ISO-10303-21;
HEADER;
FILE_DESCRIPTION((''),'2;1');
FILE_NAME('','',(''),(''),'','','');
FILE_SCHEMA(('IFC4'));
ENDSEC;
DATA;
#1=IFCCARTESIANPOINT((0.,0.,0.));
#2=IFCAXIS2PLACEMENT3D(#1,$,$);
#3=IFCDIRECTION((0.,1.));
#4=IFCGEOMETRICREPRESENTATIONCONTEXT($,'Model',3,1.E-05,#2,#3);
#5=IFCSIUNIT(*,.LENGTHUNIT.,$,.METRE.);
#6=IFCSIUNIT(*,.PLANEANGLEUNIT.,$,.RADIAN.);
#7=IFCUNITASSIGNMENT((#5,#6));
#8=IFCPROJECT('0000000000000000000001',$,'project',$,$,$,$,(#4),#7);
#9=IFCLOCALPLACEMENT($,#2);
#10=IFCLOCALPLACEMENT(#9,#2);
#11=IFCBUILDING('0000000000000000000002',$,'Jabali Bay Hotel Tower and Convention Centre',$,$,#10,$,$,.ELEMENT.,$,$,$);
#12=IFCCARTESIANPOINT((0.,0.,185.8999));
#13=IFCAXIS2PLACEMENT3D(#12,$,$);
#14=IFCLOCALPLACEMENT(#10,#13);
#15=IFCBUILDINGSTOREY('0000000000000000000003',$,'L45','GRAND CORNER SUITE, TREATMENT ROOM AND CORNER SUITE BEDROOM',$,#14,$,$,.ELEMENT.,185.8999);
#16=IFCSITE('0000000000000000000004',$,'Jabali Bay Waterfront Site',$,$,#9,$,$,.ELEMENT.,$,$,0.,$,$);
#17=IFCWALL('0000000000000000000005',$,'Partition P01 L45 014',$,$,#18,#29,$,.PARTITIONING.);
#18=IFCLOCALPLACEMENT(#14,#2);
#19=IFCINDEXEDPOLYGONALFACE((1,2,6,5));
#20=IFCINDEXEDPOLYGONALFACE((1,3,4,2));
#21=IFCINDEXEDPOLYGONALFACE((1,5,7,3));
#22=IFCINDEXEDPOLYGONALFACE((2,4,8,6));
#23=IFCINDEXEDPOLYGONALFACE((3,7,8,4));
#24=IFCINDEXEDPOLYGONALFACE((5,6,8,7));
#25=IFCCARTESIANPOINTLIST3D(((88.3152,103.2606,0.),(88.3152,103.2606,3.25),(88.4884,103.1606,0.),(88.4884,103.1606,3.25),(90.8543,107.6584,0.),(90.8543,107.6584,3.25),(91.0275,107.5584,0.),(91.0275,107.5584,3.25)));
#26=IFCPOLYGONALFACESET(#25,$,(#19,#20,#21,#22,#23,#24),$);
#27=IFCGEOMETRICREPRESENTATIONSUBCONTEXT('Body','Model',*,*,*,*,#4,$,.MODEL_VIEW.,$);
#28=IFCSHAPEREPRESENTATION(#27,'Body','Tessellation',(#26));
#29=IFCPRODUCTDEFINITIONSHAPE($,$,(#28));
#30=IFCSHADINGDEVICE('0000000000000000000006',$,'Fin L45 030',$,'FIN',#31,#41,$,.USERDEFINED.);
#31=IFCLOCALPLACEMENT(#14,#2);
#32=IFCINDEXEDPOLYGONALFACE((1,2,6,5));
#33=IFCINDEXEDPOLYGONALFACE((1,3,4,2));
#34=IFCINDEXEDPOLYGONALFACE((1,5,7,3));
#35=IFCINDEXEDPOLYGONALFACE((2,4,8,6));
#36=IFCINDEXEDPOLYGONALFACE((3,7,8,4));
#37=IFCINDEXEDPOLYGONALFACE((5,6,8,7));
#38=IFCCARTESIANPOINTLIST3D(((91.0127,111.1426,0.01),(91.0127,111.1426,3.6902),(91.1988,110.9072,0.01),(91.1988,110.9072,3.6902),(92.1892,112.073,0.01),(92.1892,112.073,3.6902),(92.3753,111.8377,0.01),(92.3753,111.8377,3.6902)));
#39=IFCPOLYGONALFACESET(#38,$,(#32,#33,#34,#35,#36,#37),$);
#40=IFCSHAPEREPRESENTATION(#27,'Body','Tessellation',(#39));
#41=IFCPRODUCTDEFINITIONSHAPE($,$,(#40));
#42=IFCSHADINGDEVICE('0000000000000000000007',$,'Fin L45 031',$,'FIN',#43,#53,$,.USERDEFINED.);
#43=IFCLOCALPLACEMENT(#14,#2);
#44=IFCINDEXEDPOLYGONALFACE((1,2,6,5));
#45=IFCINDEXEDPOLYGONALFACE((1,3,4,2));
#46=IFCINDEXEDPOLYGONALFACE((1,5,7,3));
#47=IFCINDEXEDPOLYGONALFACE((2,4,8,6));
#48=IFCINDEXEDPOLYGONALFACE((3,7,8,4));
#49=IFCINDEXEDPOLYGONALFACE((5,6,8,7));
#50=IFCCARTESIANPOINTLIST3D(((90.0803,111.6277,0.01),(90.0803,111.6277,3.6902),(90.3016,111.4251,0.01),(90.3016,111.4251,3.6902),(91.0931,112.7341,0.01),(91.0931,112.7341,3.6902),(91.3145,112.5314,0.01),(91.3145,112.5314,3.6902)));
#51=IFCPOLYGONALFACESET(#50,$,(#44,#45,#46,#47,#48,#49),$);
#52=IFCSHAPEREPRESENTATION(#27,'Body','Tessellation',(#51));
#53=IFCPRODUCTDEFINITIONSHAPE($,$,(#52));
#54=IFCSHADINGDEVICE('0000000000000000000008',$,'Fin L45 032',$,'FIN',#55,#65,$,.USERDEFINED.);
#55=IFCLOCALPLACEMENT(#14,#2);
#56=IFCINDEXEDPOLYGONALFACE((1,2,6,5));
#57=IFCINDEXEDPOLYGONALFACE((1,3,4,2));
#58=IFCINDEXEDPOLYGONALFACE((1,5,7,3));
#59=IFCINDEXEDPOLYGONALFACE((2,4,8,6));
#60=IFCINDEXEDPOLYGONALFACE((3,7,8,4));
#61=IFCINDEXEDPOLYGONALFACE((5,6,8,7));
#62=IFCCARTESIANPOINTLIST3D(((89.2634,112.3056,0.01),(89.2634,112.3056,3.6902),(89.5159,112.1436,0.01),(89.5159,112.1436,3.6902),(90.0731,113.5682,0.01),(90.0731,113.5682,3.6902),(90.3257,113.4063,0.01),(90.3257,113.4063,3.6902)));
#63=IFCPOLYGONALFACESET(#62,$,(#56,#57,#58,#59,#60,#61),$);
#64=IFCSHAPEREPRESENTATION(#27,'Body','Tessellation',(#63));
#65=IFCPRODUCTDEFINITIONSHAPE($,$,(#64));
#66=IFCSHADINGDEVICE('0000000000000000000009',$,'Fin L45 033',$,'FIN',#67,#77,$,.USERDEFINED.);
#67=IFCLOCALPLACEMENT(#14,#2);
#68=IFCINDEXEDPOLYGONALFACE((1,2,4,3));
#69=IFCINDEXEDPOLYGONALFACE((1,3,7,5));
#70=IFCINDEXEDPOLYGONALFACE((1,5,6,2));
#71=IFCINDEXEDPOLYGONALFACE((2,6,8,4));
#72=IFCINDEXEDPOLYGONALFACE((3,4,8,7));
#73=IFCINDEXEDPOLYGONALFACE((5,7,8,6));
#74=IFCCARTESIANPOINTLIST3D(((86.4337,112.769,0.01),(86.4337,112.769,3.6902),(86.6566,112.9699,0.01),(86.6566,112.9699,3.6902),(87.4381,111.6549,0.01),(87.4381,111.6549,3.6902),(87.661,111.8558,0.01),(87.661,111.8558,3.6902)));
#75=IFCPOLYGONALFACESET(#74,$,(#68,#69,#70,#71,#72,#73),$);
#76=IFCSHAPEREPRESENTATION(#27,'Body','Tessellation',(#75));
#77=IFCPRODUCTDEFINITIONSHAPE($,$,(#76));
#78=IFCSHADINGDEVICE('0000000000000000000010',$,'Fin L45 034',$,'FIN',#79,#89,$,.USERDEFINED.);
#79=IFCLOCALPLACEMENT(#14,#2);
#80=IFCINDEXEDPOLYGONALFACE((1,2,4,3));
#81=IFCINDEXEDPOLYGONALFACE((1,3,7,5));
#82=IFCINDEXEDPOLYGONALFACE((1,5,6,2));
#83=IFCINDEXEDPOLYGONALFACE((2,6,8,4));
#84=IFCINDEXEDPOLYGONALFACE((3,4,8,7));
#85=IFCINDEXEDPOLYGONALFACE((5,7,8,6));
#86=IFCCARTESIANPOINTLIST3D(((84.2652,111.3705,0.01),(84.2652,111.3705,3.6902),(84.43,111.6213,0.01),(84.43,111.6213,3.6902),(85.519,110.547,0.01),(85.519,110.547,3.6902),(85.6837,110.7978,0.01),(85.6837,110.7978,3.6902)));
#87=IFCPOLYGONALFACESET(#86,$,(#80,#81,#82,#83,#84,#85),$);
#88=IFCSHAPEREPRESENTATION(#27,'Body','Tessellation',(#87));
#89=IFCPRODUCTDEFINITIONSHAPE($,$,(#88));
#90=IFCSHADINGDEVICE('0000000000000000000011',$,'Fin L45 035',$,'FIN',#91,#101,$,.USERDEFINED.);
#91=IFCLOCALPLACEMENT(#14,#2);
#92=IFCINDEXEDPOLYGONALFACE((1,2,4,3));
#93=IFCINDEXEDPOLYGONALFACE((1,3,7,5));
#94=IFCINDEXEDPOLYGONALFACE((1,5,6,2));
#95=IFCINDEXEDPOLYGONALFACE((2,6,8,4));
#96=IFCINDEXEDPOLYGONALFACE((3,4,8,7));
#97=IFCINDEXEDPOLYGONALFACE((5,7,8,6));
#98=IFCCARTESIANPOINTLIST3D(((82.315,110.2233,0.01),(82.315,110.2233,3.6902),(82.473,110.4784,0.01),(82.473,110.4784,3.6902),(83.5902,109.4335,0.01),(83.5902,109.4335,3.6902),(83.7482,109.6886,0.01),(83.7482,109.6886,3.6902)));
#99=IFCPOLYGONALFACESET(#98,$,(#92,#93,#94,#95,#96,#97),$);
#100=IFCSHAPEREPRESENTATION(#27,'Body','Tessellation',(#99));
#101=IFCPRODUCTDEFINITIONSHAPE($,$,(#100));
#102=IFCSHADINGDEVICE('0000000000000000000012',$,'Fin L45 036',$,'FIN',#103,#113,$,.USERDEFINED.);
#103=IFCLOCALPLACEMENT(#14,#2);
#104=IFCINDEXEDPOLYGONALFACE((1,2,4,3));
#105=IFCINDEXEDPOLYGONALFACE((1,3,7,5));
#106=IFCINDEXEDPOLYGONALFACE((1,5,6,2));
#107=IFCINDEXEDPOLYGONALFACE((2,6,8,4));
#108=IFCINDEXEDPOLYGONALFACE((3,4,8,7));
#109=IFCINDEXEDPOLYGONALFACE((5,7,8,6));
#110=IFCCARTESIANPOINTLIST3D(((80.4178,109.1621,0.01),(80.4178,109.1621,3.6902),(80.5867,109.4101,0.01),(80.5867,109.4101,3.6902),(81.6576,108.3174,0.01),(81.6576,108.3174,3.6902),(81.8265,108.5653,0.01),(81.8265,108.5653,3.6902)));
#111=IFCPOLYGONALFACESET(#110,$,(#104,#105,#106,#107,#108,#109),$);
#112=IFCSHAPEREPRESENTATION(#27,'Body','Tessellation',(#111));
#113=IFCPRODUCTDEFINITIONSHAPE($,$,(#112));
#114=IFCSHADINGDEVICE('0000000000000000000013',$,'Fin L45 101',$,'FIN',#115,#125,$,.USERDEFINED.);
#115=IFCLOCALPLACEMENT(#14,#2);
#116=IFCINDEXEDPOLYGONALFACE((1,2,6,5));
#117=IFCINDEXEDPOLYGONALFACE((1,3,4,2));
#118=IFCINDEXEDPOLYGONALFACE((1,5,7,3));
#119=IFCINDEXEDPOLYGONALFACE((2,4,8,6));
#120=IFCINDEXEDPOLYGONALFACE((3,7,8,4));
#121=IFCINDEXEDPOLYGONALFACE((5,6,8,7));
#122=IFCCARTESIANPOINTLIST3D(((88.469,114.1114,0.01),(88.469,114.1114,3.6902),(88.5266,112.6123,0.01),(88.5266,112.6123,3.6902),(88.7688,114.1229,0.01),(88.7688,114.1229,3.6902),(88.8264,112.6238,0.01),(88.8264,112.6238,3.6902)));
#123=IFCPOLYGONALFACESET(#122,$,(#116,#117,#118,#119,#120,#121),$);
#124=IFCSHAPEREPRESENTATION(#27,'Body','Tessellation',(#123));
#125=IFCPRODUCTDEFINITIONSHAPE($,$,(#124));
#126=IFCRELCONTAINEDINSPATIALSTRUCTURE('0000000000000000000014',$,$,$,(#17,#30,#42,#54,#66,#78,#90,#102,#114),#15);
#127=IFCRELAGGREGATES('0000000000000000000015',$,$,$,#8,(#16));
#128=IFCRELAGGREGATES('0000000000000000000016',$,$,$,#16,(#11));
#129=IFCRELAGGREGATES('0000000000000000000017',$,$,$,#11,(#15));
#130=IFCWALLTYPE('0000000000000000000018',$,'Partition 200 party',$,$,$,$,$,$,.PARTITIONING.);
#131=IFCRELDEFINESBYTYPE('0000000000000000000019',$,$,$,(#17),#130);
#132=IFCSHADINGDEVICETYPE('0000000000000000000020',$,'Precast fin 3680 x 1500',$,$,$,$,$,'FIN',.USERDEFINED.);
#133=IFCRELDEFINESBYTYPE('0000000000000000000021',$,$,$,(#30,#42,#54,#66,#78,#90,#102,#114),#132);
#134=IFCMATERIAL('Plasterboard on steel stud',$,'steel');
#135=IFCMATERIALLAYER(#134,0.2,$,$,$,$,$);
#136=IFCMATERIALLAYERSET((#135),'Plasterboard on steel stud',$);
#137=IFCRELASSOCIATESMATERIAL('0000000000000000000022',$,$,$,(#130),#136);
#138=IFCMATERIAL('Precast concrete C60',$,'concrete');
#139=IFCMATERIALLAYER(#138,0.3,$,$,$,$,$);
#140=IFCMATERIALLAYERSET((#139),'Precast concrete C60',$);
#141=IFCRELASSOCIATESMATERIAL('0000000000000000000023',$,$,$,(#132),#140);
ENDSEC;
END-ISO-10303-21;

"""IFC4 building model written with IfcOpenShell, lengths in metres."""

from ifc_helpers import new_model, si_unit, direction, frame, frame_2d, origin, place, context, subcontext, project, spatial, rectangle, extrude, material, layer, layer_set, type_object, element, save


model = new_model("IFC4")

# Units and contexts
model_context = context("Model", 3, precision=1e-05, world=origin(), true_north=direction((0.0, 1.0)))
body_context = subcontext(model_context, "Body", "Model", "MODEL_VIEW")
ifc_project = project(units=[si_unit("LENGTHUNIT", "METRE"), si_unit("PLANEANGLEUNIT", "RADIAN")], contexts=[model_context])

# Site, building, storey
site_placement = place(None, origin())
site = spatial("IfcSite", under=ifc_project, at=site_placement, Name="Jabali Bay Waterfront Site", CompositionType="ELEMENT", RefElevation=0.0)
building_placement = place(site_placement, origin())
building = spatial("IfcBuilding", under=site, at=building_placement, Name="Jabali Bay Hotel Tower and Convention Centre", CompositionType="ELEMENT")
storey_placement = place(building_placement, frame((0.0, 0.0, 185.8999)))
storey = spatial("IfcBuildingStorey", under=building, at=storey_placement, Name="L45", Description="GRAND CORNER SUITE, TREATMENT ROOM AND CORNER SUITE BEDROOM", CompositionType="ELEMENT", Elevation=185.8999)

# Wall
ifc_material_1 = material(Name="Plasterboard on steel stud", Category="steel")
ifc_layer_1 = layer(ifc_material_1, 0.2)
ifc_layer_set_1 = layer_set([ifc_layer_1], Name="Plasterboard on steel stud")
wall_type_1 = type_object("IfcWallType", Name="Partition 200 party", PredefinedType="PARTITIONING", material=ifc_layer_set_1)
wall_1_placement = place(storey_placement, frame((90.9409, 107.6084, 0.0), z_axis=(0.0, 0.0, 1.0), x_axis=(-0.500007, -0.866021, 0.0)))
element("IfcWall", 1, at=wall_1_placement, inside=storey, type_object=wall_type_1, Name="Partition P01 L45 014", PredefinedType="PARTITIONING", context=body_context, shape_type="SweptSolid", body=[
    extrude(rectangle(XDim=5.0781, YDim=0.2, at=frame_2d((2.5391, 0.0))), origin(), (0.0, 0.0, 1.0), 3.25),
])

# Shading devices
ifc_material_2 = material(Name="Precast concrete C60", Category="concrete")
ifc_layer_2 = layer(ifc_material_2, 0.3)
ifc_layer_set_2 = layer_set([ifc_layer_2], Name="Precast concrete C60")
shading_device_type = type_object("IfcShadingDeviceType", Name="Precast fin 3680 x 1500", ElementType="FIN", PredefinedType="USERDEFINED", material=ifc_layer_set_2)
for number, where, z_axis, x_axis, name in (
    (2, (91.1057, 111.0249, 0.01), (0.0, 0.0, 1.0), (0.784366, 0.620298, 0.0), "Fin L45 030"),
    (3, (90.1909, 111.5264, 0.01), (0.0, 0.0, 1.0), (0.675253, 0.737586, 0.0), "Fin L45 031"),
    (4, (89.3896, 112.2246, 0.01), (0.0, 0.0, 1.0), (0.539852, 0.84176, 0.0), "Fin L45 032"),
    (5, (87.5496, 111.7554, 0.01), (0.0, 0.0, 1.0), (-0.669621, 0.742703, 0.0), "Fin L45 033"),
    (6, (85.6013, 110.6724, 0.01), (0.0, 0.0, 1.0), (-0.835812, 0.549015, 0.0), "Fin L45 034"),
    (7, (83.6692, 109.561, 0.01), (0.0, 0.0, 1.0), (-0.85014, 0.526556, 0.0), "Fin L45 035"),
):
    element("IfcShadingDevice", number, at=place(storey_placement, frame(where, z_axis=z_axis, x_axis=x_axis)), inside=storey, type_object=shading_device_type, Name=name, ObjectType="FIN", PredefinedType="USERDEFINED", context=body_context, shape_type="SweptSolid", body=[
        extrude(rectangle(XDim=1.5, YDim=0.3, at=frame_2d((0.75, 0.0))), origin(), (0.0, 0.0, 1.0), 3.6802),
    ])
for number, where, z_axis, x_axis, name in (
    (8, (81.7419, 108.4414, 0.01), (0.0, 0.0, 1.0), (-0.826399, 0.563084, 0.0), "Fin L45 036"),
    (9, (88.6765, 112.6182, 0.01), (0.0, 0.0, 1.0), (-0.038408, 0.999262, 0.0), "Fin L45 101"),
):
    element("IfcShadingDevice", number, at=place(storey_placement, frame(where, z_axis=z_axis, x_axis=x_axis)), inside=storey, type_object=shading_device_type, Name=name, ObjectType="FIN", PredefinedType="USERDEFINED", context=body_context, shape_type="SweptSolid", body=[
        extrude(rectangle(XDim=1.5002, YDim=0.3, at=frame_2d((0.75, 0.0))), origin(), (0.0, 0.0, 1.0), 3.6802),
    ])

save(model, "model.ifc")
